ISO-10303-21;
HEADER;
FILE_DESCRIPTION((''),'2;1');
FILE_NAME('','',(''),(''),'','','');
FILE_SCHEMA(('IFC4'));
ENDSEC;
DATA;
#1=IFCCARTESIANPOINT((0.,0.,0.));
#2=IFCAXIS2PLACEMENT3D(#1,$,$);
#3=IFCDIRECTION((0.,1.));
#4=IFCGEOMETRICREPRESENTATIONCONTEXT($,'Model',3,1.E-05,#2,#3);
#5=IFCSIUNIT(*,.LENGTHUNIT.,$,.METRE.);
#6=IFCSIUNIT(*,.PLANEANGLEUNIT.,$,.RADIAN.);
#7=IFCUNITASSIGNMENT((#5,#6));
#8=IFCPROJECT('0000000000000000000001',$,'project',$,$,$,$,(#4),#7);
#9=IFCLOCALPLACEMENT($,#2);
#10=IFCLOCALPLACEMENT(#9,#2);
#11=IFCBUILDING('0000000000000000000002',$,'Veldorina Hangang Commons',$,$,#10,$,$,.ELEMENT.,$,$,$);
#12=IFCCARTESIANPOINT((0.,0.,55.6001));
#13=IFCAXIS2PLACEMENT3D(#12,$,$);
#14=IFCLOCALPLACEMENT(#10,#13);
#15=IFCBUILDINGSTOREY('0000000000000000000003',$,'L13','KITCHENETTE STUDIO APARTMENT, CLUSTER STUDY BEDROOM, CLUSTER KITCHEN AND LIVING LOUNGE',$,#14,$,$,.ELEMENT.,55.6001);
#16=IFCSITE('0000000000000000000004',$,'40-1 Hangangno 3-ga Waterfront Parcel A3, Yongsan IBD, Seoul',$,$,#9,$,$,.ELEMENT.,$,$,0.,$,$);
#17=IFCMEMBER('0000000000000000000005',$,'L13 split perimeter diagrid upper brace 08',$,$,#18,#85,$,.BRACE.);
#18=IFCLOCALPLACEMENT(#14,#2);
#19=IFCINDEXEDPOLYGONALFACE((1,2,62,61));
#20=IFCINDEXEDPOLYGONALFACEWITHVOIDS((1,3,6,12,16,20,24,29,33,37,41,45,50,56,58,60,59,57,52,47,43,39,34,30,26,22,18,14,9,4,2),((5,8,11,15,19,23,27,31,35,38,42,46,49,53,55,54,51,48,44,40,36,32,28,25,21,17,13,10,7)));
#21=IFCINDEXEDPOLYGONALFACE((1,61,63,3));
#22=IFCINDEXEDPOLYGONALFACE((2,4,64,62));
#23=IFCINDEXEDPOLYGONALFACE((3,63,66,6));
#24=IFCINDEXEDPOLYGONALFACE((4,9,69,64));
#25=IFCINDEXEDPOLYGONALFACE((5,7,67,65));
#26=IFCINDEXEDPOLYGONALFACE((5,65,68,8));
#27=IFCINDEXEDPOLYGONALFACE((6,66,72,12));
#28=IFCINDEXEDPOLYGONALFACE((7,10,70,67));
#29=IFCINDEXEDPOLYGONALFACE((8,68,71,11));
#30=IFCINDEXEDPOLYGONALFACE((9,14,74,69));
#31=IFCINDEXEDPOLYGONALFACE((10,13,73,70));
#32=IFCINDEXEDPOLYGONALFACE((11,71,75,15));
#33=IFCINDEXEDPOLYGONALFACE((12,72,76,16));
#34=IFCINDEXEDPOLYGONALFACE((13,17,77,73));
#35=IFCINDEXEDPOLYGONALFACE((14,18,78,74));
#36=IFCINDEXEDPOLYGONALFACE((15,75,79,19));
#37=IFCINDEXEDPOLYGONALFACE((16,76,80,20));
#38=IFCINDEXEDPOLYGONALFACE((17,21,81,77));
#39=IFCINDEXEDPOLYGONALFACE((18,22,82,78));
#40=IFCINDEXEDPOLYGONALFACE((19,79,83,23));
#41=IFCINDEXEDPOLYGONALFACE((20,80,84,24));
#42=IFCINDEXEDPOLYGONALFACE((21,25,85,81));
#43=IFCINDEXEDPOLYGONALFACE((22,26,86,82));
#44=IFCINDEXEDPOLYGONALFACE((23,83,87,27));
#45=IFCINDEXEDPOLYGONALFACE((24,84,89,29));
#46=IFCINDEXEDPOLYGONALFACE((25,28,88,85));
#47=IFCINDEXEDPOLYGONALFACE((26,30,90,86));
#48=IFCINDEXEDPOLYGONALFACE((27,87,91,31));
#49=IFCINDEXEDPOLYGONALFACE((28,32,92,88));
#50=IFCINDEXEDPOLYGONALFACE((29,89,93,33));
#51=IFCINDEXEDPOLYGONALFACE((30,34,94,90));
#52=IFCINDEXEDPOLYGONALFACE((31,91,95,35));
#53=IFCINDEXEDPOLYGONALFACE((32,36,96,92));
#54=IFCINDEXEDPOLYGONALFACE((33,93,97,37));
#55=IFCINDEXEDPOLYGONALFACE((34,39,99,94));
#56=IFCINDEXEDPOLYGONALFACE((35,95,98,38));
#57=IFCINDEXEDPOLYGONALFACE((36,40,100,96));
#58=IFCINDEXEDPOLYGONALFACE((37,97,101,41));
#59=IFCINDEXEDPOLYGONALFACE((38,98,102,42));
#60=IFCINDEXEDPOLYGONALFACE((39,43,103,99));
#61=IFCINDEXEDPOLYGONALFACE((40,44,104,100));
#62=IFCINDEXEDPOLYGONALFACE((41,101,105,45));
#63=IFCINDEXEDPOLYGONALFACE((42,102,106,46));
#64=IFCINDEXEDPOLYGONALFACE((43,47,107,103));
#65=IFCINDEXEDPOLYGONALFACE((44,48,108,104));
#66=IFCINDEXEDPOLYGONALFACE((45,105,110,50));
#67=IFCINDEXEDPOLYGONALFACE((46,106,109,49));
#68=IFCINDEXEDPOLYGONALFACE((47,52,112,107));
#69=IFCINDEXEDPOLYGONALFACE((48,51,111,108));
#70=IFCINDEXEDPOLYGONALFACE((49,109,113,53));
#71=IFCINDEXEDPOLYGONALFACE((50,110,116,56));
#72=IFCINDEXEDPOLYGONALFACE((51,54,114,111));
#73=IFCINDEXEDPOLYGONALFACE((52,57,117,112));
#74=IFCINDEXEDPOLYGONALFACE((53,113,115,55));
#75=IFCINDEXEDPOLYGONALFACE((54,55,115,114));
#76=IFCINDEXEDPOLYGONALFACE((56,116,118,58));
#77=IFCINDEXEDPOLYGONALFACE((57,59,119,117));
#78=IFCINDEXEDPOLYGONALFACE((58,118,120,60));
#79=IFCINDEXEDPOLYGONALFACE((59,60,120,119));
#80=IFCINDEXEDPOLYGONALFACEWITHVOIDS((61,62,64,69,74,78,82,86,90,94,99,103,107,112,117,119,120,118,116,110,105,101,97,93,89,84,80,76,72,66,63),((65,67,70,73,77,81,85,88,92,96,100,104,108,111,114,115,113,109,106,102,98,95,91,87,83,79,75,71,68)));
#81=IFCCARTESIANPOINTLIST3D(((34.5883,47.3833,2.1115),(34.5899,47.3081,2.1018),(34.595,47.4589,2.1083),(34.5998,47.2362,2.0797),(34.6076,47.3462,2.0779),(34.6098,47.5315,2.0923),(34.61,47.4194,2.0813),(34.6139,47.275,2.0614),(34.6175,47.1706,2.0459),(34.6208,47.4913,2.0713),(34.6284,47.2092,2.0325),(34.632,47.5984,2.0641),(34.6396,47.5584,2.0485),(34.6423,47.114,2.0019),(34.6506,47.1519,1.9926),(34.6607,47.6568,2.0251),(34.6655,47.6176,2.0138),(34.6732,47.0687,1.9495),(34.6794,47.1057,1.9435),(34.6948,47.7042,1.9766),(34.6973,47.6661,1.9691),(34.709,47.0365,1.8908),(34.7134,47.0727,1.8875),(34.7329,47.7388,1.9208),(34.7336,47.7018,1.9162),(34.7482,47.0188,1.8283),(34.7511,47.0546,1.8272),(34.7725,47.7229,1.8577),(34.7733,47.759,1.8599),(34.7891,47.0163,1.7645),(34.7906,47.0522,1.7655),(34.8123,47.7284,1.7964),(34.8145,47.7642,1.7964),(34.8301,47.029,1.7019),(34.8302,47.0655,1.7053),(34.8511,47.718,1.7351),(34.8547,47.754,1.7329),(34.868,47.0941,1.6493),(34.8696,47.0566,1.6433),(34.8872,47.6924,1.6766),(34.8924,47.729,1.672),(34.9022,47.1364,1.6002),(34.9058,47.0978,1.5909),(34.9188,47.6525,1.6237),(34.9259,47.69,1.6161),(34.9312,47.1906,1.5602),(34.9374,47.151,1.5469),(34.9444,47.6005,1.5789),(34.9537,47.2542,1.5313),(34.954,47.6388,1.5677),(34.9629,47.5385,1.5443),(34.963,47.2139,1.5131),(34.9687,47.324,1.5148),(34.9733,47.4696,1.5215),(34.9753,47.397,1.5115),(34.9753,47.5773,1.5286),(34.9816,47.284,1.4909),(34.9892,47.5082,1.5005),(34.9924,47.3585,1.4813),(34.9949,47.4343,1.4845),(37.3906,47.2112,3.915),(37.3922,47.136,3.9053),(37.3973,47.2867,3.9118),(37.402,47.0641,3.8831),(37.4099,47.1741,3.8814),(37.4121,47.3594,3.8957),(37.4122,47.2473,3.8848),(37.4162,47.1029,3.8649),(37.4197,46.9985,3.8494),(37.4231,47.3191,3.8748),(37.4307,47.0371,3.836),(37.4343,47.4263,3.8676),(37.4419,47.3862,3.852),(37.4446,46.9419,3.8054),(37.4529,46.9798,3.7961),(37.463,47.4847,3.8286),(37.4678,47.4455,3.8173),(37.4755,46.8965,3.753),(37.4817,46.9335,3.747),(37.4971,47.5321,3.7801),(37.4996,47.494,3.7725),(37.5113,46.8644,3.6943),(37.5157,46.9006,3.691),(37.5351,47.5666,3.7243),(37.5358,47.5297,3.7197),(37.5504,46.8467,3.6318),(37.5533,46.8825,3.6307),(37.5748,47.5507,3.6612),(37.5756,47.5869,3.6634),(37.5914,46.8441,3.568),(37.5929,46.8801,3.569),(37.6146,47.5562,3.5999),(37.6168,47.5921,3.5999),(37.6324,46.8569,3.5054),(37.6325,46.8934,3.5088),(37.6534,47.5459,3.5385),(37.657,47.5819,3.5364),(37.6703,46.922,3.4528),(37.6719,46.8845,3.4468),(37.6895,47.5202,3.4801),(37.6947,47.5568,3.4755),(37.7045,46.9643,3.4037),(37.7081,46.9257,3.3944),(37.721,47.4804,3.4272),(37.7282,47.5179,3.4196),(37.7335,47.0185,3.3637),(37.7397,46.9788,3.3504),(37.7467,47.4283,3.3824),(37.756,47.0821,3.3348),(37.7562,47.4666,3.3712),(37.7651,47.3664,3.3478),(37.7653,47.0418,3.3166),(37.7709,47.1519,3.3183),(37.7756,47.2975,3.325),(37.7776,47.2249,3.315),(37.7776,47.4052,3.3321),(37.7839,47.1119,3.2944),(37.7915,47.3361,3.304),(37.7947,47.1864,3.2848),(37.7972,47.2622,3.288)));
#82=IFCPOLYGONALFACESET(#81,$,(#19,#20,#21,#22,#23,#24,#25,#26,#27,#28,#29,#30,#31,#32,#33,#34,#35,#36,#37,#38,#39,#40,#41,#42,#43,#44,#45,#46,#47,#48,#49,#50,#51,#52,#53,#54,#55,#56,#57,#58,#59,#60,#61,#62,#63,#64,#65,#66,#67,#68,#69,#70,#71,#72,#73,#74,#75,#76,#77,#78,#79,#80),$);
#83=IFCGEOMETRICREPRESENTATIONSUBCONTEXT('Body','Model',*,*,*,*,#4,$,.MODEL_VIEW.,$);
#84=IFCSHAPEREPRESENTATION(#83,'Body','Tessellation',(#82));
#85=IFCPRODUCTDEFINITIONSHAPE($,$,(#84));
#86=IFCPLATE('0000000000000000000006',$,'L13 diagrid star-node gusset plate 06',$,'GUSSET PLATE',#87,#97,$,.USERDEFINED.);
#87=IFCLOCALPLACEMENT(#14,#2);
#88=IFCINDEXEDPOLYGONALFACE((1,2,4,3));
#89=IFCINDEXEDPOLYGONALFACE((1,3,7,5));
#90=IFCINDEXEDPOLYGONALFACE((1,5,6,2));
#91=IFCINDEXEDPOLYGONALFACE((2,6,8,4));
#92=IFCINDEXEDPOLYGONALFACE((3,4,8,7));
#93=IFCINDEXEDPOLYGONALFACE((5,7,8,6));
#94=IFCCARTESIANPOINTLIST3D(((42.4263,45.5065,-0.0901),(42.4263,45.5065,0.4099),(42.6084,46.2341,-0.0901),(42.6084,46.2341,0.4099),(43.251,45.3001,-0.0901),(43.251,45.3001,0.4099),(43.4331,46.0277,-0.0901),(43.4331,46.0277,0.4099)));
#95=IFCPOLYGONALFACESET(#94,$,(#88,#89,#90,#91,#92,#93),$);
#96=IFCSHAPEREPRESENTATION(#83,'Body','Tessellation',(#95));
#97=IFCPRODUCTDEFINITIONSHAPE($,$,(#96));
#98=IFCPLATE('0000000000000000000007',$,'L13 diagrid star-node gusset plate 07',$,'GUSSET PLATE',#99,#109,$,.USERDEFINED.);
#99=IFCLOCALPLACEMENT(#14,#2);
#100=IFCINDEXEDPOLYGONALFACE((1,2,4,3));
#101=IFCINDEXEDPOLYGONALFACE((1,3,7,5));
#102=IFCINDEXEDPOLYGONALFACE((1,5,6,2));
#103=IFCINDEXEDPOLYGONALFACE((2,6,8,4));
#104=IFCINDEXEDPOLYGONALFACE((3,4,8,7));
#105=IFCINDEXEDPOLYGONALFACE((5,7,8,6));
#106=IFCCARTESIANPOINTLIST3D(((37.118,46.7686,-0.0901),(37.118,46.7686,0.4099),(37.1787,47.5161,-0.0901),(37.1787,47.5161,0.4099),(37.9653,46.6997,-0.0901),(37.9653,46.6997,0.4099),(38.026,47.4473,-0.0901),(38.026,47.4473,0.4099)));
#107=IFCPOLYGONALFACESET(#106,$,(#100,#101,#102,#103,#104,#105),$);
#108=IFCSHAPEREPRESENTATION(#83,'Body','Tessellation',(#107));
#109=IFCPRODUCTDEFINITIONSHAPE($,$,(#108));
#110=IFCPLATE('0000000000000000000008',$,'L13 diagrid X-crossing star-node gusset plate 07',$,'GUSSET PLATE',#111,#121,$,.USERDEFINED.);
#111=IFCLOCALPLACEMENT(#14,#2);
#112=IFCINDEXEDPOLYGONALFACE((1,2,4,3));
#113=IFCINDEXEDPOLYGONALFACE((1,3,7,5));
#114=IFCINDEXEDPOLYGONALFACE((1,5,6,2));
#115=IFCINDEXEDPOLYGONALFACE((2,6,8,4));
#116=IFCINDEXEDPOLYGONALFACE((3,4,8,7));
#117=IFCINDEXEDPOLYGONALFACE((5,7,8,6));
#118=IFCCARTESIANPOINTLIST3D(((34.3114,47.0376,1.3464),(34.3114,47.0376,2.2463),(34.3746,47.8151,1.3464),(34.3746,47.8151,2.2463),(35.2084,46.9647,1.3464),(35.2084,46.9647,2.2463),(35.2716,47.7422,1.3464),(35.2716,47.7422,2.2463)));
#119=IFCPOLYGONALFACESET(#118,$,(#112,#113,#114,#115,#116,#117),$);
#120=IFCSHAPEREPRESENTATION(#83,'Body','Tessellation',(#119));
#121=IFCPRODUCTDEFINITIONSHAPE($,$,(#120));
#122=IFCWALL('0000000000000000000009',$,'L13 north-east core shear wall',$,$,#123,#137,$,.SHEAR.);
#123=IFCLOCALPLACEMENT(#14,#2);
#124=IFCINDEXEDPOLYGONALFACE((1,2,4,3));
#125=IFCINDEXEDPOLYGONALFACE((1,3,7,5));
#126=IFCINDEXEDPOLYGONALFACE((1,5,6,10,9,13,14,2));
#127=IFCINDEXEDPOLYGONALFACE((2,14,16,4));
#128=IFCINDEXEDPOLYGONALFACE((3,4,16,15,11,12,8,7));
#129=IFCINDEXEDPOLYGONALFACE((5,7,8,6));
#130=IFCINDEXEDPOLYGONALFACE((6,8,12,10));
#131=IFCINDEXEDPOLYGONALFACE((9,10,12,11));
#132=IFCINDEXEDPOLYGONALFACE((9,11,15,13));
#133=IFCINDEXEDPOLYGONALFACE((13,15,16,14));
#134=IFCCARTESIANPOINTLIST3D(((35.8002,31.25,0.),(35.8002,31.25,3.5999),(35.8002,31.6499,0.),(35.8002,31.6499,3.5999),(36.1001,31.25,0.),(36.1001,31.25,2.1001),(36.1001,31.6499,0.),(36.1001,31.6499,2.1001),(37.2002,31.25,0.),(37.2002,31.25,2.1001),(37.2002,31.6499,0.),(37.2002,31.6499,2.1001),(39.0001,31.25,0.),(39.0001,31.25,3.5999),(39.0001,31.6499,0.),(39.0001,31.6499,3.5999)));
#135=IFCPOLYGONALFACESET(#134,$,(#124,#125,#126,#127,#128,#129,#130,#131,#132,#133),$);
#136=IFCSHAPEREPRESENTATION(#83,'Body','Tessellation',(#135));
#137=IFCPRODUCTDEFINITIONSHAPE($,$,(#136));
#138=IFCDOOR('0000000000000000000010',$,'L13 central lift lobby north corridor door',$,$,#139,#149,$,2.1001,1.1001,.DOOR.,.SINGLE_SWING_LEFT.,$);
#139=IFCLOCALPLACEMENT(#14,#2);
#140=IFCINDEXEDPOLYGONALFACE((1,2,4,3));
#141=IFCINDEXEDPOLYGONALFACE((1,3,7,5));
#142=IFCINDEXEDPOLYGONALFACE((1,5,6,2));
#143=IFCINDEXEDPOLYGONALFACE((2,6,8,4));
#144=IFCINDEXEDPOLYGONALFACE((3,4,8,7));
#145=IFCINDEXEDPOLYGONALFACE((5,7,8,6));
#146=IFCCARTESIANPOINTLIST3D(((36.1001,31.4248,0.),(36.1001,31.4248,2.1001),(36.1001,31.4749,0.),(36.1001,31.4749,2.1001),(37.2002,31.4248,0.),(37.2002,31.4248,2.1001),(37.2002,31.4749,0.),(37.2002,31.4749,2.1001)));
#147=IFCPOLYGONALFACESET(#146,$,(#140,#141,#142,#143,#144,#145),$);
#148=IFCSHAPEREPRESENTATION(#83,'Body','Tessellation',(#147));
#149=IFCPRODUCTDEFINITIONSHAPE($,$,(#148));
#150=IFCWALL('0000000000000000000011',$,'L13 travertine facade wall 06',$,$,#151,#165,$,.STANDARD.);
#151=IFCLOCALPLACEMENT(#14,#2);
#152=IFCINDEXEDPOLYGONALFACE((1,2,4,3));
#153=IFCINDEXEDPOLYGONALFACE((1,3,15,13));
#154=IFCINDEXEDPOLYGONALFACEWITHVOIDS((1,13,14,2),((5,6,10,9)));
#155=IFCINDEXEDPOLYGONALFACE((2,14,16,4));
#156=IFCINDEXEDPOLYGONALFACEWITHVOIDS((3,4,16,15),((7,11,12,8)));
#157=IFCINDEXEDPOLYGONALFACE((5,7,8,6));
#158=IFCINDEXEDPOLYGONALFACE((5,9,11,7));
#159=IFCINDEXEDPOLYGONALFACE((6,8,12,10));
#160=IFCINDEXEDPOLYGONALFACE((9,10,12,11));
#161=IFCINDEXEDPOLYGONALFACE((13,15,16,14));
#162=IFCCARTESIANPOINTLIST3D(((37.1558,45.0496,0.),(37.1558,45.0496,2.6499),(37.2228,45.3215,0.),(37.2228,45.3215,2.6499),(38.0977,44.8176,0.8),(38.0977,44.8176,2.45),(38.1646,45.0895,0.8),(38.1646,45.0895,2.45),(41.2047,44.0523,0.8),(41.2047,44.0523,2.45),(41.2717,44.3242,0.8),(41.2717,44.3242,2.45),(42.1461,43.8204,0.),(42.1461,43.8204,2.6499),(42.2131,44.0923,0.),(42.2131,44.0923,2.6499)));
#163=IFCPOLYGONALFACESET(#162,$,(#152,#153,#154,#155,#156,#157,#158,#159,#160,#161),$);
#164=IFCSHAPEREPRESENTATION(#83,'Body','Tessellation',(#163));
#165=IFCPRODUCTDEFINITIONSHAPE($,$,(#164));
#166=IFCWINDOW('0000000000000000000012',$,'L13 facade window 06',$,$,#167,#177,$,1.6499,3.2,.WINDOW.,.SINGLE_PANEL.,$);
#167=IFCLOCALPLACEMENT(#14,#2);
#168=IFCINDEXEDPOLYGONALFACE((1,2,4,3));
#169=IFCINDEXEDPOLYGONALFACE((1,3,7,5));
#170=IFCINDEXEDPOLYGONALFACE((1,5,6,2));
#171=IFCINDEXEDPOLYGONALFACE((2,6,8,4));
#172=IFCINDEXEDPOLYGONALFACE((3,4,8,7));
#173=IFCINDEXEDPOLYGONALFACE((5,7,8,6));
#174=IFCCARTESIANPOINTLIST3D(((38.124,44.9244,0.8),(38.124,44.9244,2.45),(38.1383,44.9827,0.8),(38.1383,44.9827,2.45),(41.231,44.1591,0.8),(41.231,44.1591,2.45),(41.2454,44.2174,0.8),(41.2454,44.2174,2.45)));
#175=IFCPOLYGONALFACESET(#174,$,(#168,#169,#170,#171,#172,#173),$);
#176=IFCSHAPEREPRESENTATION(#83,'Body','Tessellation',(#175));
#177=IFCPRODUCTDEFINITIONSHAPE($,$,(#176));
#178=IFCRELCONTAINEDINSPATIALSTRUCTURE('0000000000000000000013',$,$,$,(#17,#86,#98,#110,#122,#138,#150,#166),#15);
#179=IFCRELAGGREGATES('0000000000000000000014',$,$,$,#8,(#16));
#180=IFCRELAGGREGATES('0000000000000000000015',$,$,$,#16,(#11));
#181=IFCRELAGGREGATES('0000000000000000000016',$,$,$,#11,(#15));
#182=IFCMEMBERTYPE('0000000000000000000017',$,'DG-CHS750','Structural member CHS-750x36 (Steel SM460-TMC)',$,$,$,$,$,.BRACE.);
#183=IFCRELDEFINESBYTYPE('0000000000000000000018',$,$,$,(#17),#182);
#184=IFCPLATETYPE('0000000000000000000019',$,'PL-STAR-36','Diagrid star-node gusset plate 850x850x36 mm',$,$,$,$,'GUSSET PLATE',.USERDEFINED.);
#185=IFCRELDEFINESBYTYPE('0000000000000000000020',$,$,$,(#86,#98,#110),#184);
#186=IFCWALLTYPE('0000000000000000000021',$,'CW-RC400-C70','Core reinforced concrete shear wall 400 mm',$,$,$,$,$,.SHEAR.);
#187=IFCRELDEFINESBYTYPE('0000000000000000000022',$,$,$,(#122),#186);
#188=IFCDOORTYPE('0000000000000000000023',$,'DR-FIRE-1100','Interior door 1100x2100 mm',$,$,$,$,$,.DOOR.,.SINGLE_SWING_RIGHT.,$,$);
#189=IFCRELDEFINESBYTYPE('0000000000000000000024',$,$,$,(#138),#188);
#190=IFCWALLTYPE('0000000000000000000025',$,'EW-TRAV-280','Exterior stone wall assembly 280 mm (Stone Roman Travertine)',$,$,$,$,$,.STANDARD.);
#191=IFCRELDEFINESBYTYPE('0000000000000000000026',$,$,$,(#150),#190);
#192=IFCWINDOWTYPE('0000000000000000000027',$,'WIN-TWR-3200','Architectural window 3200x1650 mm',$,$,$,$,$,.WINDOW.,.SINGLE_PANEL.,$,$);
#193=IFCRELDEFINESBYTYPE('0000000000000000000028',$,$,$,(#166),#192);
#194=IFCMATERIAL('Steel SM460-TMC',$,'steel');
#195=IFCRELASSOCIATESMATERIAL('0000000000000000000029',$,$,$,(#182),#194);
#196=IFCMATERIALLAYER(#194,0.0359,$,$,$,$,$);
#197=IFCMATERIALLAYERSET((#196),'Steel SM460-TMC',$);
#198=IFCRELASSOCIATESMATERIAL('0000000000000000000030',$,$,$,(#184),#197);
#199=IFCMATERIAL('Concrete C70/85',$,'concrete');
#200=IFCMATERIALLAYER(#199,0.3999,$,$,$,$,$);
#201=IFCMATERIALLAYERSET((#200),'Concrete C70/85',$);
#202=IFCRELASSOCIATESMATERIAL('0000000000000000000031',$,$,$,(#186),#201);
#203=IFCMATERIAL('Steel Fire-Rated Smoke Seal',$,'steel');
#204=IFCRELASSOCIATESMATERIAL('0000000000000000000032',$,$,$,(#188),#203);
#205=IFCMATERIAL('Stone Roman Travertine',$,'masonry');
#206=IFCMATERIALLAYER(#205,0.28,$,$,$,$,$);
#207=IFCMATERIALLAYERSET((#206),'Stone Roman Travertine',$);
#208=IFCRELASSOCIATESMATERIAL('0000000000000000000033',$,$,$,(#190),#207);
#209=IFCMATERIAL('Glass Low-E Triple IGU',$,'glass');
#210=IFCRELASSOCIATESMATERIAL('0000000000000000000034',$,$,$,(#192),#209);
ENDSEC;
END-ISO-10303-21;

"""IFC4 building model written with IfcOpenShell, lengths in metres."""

from ifc_helpers import new_model, si_unit, direction, frame, frame_2d, origin, origin_2d, place, context, subcontext, project, spatial, rectangle, hollow_circle, extrude, material, layer, layer_set, material_profile, profile_set, type_object, element, fill, save


model = new_model("IFC4")

# Units and contexts
model_context = context("Model", 3, precision=1e-05, world=origin(), true_north=direction((0.0, 1.0)))
body_context = subcontext(model_context, "Body", "Model", "MODEL_VIEW")
ifc_project = project(units=[si_unit("LENGTHUNIT", "METRE"), si_unit("PLANEANGLEUNIT", "RADIAN")], contexts=[model_context])

# Site, building, storey
site_placement = place(None, origin())
site = spatial("IfcSite", under=ifc_project, at=site_placement, Name="40-1 Hangangno 3-ga Waterfront Parcel A3, Yongsan IBD, Seoul", CompositionType="ELEMENT", RefElevation=0.0)
building_placement = place(site_placement, origin())
building = spatial("IfcBuilding", under=site, at=building_placement, Name="Veldorina Hangang Commons", CompositionType="ELEMENT")
storey_placement = place(building_placement, frame((0.0, 0.0, 55.6001)))
storey = spatial("IfcBuildingStorey", under=building, at=storey_placement, Name="L13", Description="KITCHENETTE STUDIO APARTMENT, CLUSTER STUDY BEDROOM, CLUSTER KITCHEN AND LIVING LOUNGE", CompositionType="ELEMENT", Elevation=55.6001)

# Shared definitions
ifc_material_1 = material(Name="Steel SM460-TMC", Category="steel")

# Member
ifc_material_profile_1 = material_profile(ifc_material_1, hollow_circle(Radius=0.375, WallThickness=0.0359, at=origin_2d()), Name="CHS-750x36")
ifc_profile_set_1 = profile_set([ifc_material_profile_1], Name="Steel SM460-TMC")
member_type = type_object("IfcMemberType", Name="DG-CHS750", Description="Structural member CHS-750x36 (Steel SM460-TMC)", PredefinedType="BRACE", material=ifc_profile_set_1)
member_1_placement = place(storey_placement, frame((34.7915, 47.3899, 1.7964), z_axis=(0.839783, -0.051581, 0.540467), x_axis=(0.061306, 0.998119, 0.0)))
element("IfcMember", 1, at=member_1_placement, inside=storey, type_object=member_type, Name="L13 split perimeter diagrid upper brace 08", PredefinedType="BRACE", context=body_context, shape_type="SweptSolid", body=[
    extrude(hollow_circle(Radius=0.375, WallThickness=0.0359, at=origin_2d()), origin(), (0.0, 0.0, 1.0), 3.3369),
])

# Plates
ifc_layer_1 = layer(ifc_material_1, 0.0359)
ifc_layer_set_1 = layer_set([ifc_layer_1], Name="Steel SM460-TMC")
plate_type = type_object("IfcPlateType", Name="PL-STAR-36", Description="Diagrid star-node gusset plate 850x850x36 mm", ElementType="GUSSET PLATE", PredefinedType="USERDEFINED", material=ifc_layer_set_1)
for number, where, z_axis, x_axis, name in (
    (2, (42.9297, 45.7671, -0.0901), (0.0, 0.0, 1.0), (-0.970084, 0.242769, 0.0), "L13 diagrid star-node gusset plate 06"),
    (3, (37.572, 47.1079, -0.0901), (0.0, 0.0, 1.0), (-0.996716, 0.080982, 0.0), "L13 diagrid star-node gusset plate 07"),
):
    element("IfcPlate", number, at=place(storey_placement, frame(where, z_axis=z_axis, x_axis=x_axis)), inside=storey, type_object=plate_type, Name=name, ObjectType="GUSSET PLATE", PredefinedType="USERDEFINED", context=body_context, shape_type="SweptSolid", body=[
        extrude(rectangle(XDim=0.8501, YDim=0.75, at=origin_2d()), origin(), (0.0, 0.0, 1.0), 0.5),
    ])
plate_placement = place(storey_placement, frame((34.7915, 47.3899, 1.3464), z_axis=(0.0, 0.0, 1.0), x_axis=(-0.996716, 0.080982, 0.0)))
element("IfcPlate", 4, at=plate_placement, inside=storey, type_object=plate_type, Name="L13 diagrid X-crossing star-node gusset plate 07", ObjectType="GUSSET PLATE", PredefinedType="USERDEFINED", context=body_context, shape_type="SweptSolid", body=[
    extrude(rectangle(XDim=0.8999, YDim=0.78, at=origin_2d()), origin(), (0.0, 0.0, 1.0), 0.8999),
])

# Wall, opening, door
ifc_material_2 = material(Name="Concrete C70/85", Category="concrete")
ifc_layer_2 = layer(ifc_material_2, 0.3999)
ifc_layer_set_2 = layer_set([ifc_layer_2], Name="Concrete C70/85")
wall_type_1 = type_object("IfcWallType", Name="CW-RC400-C70", Description="Core reinforced concrete shear wall 400 mm", PredefinedType="SHEAR", material=ifc_layer_set_2)
wall_1_placement = place(storey_placement, frame((35.8, 31.45, 0.0), z_axis=(0.0, 0.0, 1.0), x_axis=(1.0, 0.0, 0.0)))
wall_1 = element("IfcWall", 5, at=wall_1_placement, inside=storey, type_object=wall_type_1, Name="L13 north-east core shear wall", PredefinedType="SHEAR", context=body_context, shape_type="SweptSolid", body=[
    extrude(rectangle(XDim=3.2, YDim=0.3999, at=frame_2d((1.6001, 0.0))), origin(), (0.0, 0.0, 1.0), 3.5999),
])
opening_1_placement = place(wall_1_placement, frame((0.3, 0.0, 0.0)))
opening_1 = element("IfcOpeningElement", 6, at=opening_1_placement, cuts=wall_1, PredefinedType="OPENING", context=body_context, shape_type="SweptSolid", body=[
    extrude(rectangle(XDim=1.1001, YDim=2.1001, at=frame_2d((0.55, 1.05))), frame((0.0, 0.21, 0.0), z_axis=(0.0, -1.0, 0.0), x_axis=(1.0, 0.0, 0.0)), (0.0, 0.0, 1.0), 0.4199),
])
ifc_material_3 = material(Name="Steel Fire-Rated Smoke Seal", Category="steel")
door_type_1 = type_object("IfcDoorType", Name="DR-FIRE-1100", Description="Interior door 1100x2100 mm", OperationType="SINGLE_SWING_RIGHT", PredefinedType="DOOR", material=ifc_material_3)
door_1_placement = place(opening_1_placement, origin())
door_1 = element("IfcDoor", 7, at=door_1_placement, inside=storey, type_object=door_type_1, Name="L13 central lift lobby north corridor door", OperationType="SINGLE_SWING_LEFT", OverallHeight=2.1001, OverallWidth=1.1001, PredefinedType="DOOR", context=body_context, shape_type="SweptSolid", body=[
    extrude(rectangle(XDim=1.1001, YDim=2.1001, at=frame_2d((0.55, 1.05))), frame((0.0, 0.0249, 0.0), z_axis=(0.0, -1.0, 0.0), x_axis=(1.0, 0.0, 0.0)), (0.0, 0.0, 1.0), 0.05),
])
fill(opening_1, door_1)

# Wall, opening, window
ifc_material_4 = material(Name="Stone Roman Travertine", Category="masonry")
ifc_layer_3 = layer(ifc_material_4, 0.28)
ifc_layer_set_3 = layer_set([ifc_layer_3], Name="Stone Roman Travertine")
wall_type_2 = type_object("IfcWallType", Name="EW-TRAV-280", Description="Exterior stone wall assembly 280 mm (Stone Roman Travertine)", PredefinedType="STANDARD", material=ifc_layer_set_3)
wall_2_placement = place(storey_placement, frame((42.1797, 43.9563, 0.0), z_axis=(0.0, 0.0, 1.0), x_axis=(-0.970975, 0.239181, 0.0)))
wall_2 = element("IfcWall", 8, at=wall_2_placement, inside=storey, type_object=wall_type_2, Name="L13 travertine facade wall 06", PredefinedType="STANDARD", context=body_context, shape_type="SweptSolid", body=[
    extrude(rectangle(XDim=5.1394, YDim=0.28, at=frame_2d((2.5698, 0.0))), origin(), (0.0, 0.0, 1.0), 2.6499),
])
opening_2_placement = place(wall_2_placement, frame((0.9695, 0.0, 0.8)))
opening_2 = element("IfcOpeningElement", 9, at=opening_2_placement, cuts=wall_2, PredefinedType="OPENING", context=body_context, shape_type="SweptSolid", body=[
    extrude(rectangle(XDim=3.2, YDim=1.6499, at=frame_2d((1.6001, 0.825))), frame((0.0, 0.1499, 0.0), z_axis=(0.0, -1.0, 0.0), x_axis=(1.0, 0.0, 0.0)), (0.0, 0.0, 1.0), 0.3),
])
ifc_material_5 = material(Name="Glass Low-E Triple IGU", Category="glass")
window_type = type_object("IfcWindowType", Name="WIN-TWR-3200", Description="Architectural window 3200x1650 mm", PartitioningType="SINGLE_PANEL", PredefinedType="WINDOW", material=ifc_material_5)
window_1_placement = place(opening_2_placement, origin())
window_1 = element("IfcWindow", 10, at=window_1_placement, inside=storey, type_object=window_type, Name="L13 facade window 06", OverallHeight=1.6499, OverallWidth=3.2, PartitioningType="SINGLE_PANEL", PredefinedType="WINDOW", context=body_context, shape_type="SweptSolid", body=[
    extrude(rectangle(XDim=3.2, YDim=1.6499, at=frame_2d((1.6001, 0.825))), frame((0.0, 0.03, 0.0), z_axis=(0.0, -1.0, 0.0), x_axis=(1.0, 0.0, 0.0)), (0.0, 0.0, 1.0), 0.0601),
])
fill(opening_2, window_1)

save(model, "model.ifc")
